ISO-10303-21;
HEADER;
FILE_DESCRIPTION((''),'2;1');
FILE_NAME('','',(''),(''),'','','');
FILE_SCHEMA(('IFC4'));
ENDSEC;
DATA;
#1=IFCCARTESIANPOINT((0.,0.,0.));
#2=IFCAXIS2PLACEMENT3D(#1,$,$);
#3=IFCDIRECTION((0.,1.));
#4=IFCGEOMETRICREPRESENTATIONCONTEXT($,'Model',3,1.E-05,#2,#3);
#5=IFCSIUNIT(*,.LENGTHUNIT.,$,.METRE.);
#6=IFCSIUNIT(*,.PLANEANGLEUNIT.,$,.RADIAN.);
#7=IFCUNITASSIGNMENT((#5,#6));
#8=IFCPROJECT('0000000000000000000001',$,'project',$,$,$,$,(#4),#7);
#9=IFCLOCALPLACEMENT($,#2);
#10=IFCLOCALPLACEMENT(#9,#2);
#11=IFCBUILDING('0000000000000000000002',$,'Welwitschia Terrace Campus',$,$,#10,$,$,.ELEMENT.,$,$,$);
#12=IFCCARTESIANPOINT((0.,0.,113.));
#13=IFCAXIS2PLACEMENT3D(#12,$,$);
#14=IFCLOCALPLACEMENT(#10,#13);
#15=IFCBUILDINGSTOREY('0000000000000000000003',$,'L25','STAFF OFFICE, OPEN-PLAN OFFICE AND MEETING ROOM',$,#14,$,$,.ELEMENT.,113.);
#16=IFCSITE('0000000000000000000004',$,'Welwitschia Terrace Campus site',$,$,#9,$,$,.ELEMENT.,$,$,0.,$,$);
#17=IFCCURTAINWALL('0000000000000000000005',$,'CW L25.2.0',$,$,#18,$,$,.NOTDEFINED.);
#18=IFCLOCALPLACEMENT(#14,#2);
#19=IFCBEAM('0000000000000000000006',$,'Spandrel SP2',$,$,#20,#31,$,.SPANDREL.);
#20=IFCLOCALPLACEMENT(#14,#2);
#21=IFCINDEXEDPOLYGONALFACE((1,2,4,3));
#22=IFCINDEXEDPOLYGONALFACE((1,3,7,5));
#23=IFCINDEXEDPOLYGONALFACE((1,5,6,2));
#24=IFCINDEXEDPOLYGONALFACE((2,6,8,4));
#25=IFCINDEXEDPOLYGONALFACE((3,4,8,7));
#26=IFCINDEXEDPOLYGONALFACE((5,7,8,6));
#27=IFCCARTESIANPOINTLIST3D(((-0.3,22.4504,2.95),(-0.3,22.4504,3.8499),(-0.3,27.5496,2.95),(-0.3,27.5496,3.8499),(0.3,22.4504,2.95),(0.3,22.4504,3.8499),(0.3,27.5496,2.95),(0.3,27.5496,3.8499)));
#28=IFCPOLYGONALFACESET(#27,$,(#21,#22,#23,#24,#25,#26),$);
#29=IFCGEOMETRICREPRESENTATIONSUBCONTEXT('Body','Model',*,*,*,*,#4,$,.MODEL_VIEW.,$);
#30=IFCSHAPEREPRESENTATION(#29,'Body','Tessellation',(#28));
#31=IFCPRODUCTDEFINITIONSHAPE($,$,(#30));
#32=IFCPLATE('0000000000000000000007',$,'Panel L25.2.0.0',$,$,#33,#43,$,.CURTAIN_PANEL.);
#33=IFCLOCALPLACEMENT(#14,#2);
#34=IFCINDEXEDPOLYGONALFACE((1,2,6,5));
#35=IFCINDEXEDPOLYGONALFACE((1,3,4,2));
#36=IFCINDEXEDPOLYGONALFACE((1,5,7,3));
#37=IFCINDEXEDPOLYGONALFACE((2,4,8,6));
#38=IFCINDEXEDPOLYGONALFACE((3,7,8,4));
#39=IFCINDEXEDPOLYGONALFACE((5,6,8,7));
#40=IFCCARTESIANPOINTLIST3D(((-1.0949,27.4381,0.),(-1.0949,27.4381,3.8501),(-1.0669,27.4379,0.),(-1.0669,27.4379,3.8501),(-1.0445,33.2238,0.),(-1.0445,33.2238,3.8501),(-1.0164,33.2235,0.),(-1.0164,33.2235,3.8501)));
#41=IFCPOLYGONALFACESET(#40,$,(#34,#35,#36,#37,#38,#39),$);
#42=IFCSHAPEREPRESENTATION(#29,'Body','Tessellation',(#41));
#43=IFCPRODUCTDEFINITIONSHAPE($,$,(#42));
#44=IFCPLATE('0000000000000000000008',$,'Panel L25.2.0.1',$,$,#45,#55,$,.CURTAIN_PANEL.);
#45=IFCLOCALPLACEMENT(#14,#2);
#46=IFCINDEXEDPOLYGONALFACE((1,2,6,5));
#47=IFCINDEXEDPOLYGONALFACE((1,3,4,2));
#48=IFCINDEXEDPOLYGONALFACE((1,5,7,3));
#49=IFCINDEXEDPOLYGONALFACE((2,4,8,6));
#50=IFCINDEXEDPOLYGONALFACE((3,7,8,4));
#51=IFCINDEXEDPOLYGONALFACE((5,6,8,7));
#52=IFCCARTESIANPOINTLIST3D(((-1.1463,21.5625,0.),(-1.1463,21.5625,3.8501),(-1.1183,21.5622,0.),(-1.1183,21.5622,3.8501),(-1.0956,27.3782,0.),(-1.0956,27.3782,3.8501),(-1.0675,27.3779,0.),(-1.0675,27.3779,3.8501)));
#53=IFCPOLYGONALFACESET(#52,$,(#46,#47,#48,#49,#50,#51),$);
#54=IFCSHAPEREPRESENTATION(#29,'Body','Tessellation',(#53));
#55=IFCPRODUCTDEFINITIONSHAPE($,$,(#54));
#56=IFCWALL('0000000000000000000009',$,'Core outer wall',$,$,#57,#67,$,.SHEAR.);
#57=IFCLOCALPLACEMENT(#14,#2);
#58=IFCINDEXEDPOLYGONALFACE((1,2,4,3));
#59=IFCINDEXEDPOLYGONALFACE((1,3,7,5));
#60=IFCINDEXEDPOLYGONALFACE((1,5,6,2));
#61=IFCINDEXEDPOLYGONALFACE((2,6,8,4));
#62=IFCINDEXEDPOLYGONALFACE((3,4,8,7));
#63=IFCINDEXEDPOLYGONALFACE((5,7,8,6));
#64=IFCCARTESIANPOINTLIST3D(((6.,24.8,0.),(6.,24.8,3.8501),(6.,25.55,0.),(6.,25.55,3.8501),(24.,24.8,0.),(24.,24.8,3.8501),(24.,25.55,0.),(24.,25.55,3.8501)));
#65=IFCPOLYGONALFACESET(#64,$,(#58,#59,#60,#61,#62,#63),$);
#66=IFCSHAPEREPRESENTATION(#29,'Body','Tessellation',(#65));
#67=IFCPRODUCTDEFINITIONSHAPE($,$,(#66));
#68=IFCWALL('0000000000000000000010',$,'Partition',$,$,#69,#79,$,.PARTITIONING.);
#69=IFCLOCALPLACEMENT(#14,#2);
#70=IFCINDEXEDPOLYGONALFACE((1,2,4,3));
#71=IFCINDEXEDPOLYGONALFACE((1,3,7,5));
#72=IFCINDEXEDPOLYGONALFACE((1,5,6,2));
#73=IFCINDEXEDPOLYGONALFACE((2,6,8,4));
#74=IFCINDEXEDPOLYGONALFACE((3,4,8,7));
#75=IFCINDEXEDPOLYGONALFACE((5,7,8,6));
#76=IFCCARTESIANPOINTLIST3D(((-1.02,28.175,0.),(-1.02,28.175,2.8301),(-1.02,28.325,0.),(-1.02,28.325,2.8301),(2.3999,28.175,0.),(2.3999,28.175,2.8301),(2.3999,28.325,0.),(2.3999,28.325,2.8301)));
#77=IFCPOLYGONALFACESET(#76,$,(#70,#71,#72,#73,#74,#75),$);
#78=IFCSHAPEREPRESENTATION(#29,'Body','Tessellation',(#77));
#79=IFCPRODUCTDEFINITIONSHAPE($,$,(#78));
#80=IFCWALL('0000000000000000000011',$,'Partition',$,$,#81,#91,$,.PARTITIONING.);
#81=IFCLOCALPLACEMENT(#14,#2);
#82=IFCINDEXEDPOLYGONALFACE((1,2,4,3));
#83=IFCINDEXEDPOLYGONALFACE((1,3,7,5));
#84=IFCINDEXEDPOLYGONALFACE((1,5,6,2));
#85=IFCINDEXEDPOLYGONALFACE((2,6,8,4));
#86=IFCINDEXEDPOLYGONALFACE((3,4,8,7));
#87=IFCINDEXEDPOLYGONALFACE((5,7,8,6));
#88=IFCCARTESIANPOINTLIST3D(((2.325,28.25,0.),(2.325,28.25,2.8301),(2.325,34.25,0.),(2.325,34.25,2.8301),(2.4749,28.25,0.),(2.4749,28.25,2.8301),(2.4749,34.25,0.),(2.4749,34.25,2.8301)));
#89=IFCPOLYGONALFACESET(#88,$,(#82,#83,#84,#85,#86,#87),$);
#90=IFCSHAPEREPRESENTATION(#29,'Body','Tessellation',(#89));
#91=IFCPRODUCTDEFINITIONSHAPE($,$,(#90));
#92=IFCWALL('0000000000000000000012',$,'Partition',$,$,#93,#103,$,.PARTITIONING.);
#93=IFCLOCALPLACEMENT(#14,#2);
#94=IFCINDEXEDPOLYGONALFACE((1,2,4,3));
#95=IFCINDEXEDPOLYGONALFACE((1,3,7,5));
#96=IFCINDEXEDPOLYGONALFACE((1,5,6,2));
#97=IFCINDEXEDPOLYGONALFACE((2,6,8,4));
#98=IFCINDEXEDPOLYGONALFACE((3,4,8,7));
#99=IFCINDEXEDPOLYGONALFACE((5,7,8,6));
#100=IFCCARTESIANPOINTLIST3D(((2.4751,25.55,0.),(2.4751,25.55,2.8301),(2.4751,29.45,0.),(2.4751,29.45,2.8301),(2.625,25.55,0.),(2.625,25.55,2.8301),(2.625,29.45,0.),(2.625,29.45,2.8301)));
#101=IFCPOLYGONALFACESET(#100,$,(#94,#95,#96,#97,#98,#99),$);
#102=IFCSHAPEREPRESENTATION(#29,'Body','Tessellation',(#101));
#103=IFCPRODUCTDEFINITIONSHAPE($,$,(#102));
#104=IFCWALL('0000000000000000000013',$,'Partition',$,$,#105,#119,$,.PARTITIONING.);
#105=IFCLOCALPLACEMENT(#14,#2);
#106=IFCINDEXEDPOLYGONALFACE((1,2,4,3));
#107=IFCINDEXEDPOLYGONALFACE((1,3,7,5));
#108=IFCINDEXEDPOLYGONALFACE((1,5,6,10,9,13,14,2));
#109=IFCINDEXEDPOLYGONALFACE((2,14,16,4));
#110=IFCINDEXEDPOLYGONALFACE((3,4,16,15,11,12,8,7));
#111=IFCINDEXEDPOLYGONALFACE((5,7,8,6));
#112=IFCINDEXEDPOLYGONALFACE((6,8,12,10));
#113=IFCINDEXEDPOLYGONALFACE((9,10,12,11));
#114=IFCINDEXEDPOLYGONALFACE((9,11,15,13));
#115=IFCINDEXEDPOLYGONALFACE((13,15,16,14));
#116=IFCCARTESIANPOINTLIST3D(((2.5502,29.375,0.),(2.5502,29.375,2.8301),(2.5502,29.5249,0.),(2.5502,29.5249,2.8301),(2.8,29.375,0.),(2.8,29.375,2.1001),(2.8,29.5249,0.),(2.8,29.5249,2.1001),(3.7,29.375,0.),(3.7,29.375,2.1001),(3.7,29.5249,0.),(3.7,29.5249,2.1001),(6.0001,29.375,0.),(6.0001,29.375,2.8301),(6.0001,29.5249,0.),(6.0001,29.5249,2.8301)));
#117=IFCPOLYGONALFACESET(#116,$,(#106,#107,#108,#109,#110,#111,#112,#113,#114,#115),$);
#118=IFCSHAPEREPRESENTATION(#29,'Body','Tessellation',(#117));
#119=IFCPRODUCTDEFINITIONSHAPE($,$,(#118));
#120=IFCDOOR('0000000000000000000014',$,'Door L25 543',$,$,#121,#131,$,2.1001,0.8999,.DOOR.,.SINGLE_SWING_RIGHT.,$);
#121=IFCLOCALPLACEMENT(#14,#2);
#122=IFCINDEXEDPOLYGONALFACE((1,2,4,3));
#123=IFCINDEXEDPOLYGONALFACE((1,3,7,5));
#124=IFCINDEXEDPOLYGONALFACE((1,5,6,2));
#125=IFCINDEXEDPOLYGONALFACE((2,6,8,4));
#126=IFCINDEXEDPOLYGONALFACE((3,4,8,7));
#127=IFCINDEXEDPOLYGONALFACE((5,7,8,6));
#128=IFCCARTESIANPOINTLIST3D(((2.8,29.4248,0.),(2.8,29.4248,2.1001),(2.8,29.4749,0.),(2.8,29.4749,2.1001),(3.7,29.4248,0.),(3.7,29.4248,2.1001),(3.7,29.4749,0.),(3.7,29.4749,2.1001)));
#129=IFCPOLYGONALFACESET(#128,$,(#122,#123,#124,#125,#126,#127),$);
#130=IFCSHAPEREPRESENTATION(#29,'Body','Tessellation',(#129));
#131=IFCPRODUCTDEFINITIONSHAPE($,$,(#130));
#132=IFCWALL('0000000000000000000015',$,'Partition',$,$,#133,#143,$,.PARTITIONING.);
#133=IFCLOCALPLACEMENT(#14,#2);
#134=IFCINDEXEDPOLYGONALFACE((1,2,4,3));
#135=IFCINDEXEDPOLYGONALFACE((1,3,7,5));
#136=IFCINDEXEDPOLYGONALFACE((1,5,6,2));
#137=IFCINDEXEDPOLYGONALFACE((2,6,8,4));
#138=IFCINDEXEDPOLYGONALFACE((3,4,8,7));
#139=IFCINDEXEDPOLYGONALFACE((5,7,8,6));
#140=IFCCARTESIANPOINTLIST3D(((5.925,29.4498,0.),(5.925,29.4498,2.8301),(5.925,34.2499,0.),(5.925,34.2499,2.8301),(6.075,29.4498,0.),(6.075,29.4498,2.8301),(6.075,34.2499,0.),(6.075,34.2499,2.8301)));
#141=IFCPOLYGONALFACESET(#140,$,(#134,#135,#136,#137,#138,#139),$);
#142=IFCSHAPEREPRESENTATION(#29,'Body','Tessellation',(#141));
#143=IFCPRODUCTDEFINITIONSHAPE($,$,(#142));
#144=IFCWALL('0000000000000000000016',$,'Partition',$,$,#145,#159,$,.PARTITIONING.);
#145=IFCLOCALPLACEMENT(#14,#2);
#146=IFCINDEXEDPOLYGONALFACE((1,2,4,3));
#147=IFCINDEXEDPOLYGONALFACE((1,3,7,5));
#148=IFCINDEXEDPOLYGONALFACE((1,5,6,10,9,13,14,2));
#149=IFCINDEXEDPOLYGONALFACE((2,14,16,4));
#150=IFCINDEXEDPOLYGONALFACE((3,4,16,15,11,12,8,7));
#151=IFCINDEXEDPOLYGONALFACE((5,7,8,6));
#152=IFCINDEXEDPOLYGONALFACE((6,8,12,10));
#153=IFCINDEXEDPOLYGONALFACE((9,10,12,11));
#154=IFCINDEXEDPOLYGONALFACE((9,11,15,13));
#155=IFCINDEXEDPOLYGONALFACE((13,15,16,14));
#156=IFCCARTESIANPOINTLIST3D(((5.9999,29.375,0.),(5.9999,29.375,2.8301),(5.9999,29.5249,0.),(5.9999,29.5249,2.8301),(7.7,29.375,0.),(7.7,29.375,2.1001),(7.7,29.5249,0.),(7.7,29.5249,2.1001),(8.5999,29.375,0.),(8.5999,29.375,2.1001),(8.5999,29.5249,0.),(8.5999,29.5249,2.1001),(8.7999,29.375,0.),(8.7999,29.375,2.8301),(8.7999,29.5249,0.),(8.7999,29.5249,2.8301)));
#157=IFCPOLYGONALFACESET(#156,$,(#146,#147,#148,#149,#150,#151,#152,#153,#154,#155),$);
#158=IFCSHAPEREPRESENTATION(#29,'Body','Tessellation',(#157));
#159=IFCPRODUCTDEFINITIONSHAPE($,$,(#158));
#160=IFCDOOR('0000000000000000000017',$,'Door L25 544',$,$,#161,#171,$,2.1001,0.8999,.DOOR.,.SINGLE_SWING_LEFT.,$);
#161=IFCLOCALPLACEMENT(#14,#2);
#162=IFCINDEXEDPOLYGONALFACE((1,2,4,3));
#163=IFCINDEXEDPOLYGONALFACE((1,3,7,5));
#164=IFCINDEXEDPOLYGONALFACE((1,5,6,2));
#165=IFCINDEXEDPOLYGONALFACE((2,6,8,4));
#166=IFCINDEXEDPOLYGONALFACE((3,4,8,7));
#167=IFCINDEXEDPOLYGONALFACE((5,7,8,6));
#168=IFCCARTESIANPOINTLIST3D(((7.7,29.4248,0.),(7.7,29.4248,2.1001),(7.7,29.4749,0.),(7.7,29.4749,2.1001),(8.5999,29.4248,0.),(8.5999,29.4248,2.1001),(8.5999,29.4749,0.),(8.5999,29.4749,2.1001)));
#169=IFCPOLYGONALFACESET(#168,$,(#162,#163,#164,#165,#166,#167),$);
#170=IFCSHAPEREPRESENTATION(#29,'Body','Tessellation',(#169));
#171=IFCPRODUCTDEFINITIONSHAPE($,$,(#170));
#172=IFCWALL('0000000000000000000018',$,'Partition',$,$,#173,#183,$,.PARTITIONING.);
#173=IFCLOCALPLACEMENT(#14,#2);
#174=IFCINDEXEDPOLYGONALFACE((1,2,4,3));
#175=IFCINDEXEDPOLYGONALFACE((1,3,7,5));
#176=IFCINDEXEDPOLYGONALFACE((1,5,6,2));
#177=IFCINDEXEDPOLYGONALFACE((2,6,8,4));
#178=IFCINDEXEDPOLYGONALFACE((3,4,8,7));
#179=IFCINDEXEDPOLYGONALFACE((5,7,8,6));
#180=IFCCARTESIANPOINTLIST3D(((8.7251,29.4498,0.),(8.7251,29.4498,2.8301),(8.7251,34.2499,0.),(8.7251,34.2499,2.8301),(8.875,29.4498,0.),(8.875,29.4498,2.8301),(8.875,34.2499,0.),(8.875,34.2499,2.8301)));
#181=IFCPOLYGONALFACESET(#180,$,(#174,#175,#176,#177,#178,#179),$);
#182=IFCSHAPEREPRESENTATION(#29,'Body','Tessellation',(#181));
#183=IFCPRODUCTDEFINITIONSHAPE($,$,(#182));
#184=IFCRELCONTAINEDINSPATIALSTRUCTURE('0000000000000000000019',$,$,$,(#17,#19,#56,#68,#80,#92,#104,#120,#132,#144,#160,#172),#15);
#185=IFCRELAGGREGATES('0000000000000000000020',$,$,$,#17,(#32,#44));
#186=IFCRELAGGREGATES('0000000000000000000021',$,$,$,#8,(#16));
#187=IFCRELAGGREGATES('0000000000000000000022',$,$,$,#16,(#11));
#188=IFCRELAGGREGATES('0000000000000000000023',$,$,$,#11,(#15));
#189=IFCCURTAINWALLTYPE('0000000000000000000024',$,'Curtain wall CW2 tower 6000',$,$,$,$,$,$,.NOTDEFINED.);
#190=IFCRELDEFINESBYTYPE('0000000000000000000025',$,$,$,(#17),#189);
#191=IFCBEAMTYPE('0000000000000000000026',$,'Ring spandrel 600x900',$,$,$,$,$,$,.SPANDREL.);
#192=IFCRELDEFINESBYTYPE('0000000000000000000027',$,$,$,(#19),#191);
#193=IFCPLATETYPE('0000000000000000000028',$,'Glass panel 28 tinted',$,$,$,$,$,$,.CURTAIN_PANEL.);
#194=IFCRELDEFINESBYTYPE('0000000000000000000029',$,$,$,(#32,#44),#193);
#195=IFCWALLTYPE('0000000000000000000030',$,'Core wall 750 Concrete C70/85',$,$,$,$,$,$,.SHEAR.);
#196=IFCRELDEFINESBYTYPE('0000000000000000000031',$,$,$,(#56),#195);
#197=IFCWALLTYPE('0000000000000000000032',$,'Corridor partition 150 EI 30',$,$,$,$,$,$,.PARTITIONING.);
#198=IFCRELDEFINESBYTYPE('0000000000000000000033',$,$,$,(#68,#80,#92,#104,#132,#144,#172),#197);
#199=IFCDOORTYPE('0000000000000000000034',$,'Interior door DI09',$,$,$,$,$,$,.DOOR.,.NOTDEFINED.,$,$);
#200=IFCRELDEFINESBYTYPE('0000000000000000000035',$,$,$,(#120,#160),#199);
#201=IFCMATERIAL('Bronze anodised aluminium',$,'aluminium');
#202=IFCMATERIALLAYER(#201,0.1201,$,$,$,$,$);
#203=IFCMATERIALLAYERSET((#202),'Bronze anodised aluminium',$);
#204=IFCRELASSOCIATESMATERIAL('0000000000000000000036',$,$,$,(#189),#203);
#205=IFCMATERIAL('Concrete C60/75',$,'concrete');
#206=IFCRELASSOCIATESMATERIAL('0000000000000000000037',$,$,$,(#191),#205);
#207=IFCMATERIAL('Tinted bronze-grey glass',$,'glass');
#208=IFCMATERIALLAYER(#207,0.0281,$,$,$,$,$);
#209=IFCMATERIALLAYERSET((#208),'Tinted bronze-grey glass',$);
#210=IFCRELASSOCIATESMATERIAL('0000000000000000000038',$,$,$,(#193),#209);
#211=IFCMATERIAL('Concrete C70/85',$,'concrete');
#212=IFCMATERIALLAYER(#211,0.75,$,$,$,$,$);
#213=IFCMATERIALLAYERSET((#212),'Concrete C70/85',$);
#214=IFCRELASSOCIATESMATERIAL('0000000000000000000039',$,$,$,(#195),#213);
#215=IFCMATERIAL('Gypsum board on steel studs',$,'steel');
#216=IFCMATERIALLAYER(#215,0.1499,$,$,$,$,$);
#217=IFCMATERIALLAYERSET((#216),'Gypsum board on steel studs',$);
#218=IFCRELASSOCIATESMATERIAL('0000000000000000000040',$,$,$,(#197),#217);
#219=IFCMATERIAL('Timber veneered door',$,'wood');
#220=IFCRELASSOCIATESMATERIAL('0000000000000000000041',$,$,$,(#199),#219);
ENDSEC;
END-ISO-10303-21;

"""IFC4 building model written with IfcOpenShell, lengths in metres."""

from ifc_helpers import new_model, si_unit, direction, frame, frame_2d, origin, origin_2d, place, context, subcontext, project, spatial, rectangle, extrude, material, layer, layer_set, material_profile, profile_set, type_object, element, fill, aggregate, save


model = new_model("IFC4")

# Units and contexts
model_context = context("Model", 3, precision=1e-05, world=origin(), true_north=direction((0.0, 1.0)))
body_context = subcontext(model_context, "Body", "Model", "MODEL_VIEW")
ifc_project = project(units=[si_unit("LENGTHUNIT", "METRE"), si_unit("PLANEANGLEUNIT", "RADIAN")], contexts=[model_context])

# Site, building, storey
site_placement = place(None, origin())
site = spatial("IfcSite", under=ifc_project, at=site_placement, Name="Welwitschia Terrace Campus site", CompositionType="ELEMENT", RefElevation=0.0)
building_placement = place(site_placement, origin())
building = spatial("IfcBuilding", under=site, at=building_placement, Name="Welwitschia Terrace Campus", CompositionType="ELEMENT")
storey_placement = place(building_placement, frame((0.0, 0.0, 113.0)))
storey = spatial("IfcBuildingStorey", under=building, at=storey_placement, Name="L25", Description="STAFF OFFICE, OPEN-PLAN OFFICE AND MEETING ROOM", CompositionType="ELEMENT", Elevation=113.0)

# Curtain wall
ifc_material_1 = material(Name="Bronze anodised aluminium", Category="aluminium")
ifc_layer_1 = layer(ifc_material_1, 0.1201)
ifc_layer_set_1 = layer_set([ifc_layer_1], Name="Bronze anodised aluminium")
curtain_wall_type = type_object("IfcCurtainWallType", Name="Curtain wall CW2 tower 6000", PredefinedType="NOTDEFINED", material=ifc_layer_set_1)
curtain_wall_placement = place(storey_placement, origin())
curtain_wall = element("IfcCurtainWall", 1, at=curtain_wall_placement, inside=storey, type_object=curtain_wall_type, Name="CW L25.2.0", PredefinedType="NOTDEFINED")

# Beam
ifc_material_2 = material(Name="Concrete C60/75", Category="concrete")
ifc_material_profile_1 = material_profile(ifc_material_2, rectangle(XDim=0.6001, YDim=0.8999, at=origin_2d()))
ifc_profile_set_1 = profile_set([ifc_material_profile_1], Name="Concrete C60/75")
beam_type_1 = type_object("IfcBeamType", Name="Ring spandrel 600x900", PredefinedType="SPANDREL", material=ifc_profile_set_1)
beam_1_placement = place(storey_placement, frame((0.0, 27.5496, 3.3999), z_axis=(0.0, -1.0, 0.0), x_axis=(1.0, 0.0, 0.0)))
element("IfcBeam", 2, at=beam_1_placement, inside=storey, type_object=beam_type_1, Name="Spandrel SP2", PredefinedType="SPANDREL", context=body_context, shape_type="SweptSolid", body=[
    extrude(rectangle(XDim=0.6001, YDim=0.8999, at=origin_2d()), origin(), (0.0, 0.0, 1.0), 5.0991),
])

# Plates
ifc_material_3 = material(Name="Tinted bronze-grey glass", Category="glass")
ifc_layer_2 = layer(ifc_material_3, 0.0281)
ifc_layer_set_2 = layer_set([ifc_layer_2], Name="Tinted bronze-grey glass")
plate_type = type_object("IfcPlateType", Name="Glass panel 28 tinted", PredefinedType="CURTAIN_PANEL", material=ifc_layer_set_2)
plate_1_placement = place(storey_placement, frame((-1.0557, 30.3308, 0.0), z_axis=(0.0, 0.0, 1.0), x_axis=(-0.008727, -0.999962, 0.0)))
plate_1 = element("IfcPlate", 3, at=plate_1_placement, type_object=plate_type, Name="Panel L25.2.0.0", PredefinedType="CURTAIN_PANEL", context=body_context, shape_type="SweptSolid", body=[
    extrude(rectangle(XDim=5.7859, YDim=0.0281, at=origin_2d()), origin(), (0.0, 0.0, 1.0), 3.8501),
])
plate_2_placement = place(storey_placement, frame((-1.1069, 24.4702, 0.0), z_axis=(0.0, 0.0, 1.0), x_axis=(-0.008727, -0.999962, 0.0)))
plate_2 = element("IfcPlate", 4, at=plate_2_placement, type_object=plate_type, Name="Panel L25.2.0.1", PredefinedType="CURTAIN_PANEL", context=body_context, shape_type="SweptSolid", body=[
    extrude(rectangle(XDim=5.8159, YDim=0.0281, at=origin_2d()), origin(), (0.0, 0.0, 1.0), 3.8501),
])
aggregate(curtain_wall, [plate_1, plate_2])

# Walls
ifc_material_4 = material(Name="Concrete C70/85", Category="concrete")
ifc_layer_3 = layer(ifc_material_4, 0.75)
ifc_layer_set_3 = layer_set([ifc_layer_3], Name="Concrete C70/85")
wall_type_1 = type_object("IfcWallType", Name="Core wall 750 Concrete C70/85", PredefinedType="SHEAR", material=ifc_layer_set_3)
wall_1_placement = place(storey_placement, frame((6.0, 25.175, 0.0), z_axis=(0.0, 0.0, 1.0), x_axis=(1.0, 0.0, 0.0)))
element("IfcWall", 5, at=wall_1_placement, inside=storey, type_object=wall_type_1, Name="Core outer wall", PredefinedType="SHEAR", context=body_context, shape_type="SweptSolid", body=[
    extrude(rectangle(XDim=18.0, YDim=0.75, at=frame_2d((9.0, 0.0))), origin(), (0.0, 0.0, 1.0), 3.8501),
])
ifc_material_5 = material(Name="Gypsum board on steel studs", Category="steel")
ifc_layer_4 = layer(ifc_material_5, 0.1499)
ifc_layer_set_4 = layer_set([ifc_layer_4], Name="Gypsum board on steel studs")
wall_type_2 = type_object("IfcWallType", Name="Corridor partition 150 EI 30", PredefinedType="PARTITIONING", material=ifc_layer_set_4)
wall_2_placement = place(storey_placement, frame((-1.02, 28.25, 0.0), z_axis=(0.0, 0.0, 1.0), x_axis=(1.0, 0.0, 0.0)))
element("IfcWall", 6, at=wall_2_placement, inside=storey, type_object=wall_type_2, Name="Partition", PredefinedType="PARTITIONING", context=body_context, shape_type="SweptSolid", body=[
    extrude(rectangle(XDim=3.4199, YDim=0.1499, at=frame_2d((1.71, 0.0))), origin(), (0.0, 0.0, 1.0), 2.8301),
])
wall_3_placement = place(storey_placement, frame((2.3999, 28.25, 0.0), z_axis=(0.0, 0.0, 1.0), x_axis=(0.0, 1.0, 0.0)))
element("IfcWall", 7, at=wall_3_placement, inside=storey, type_object=wall_type_2, Name="Partition", PredefinedType="PARTITIONING", context=body_context, shape_type="SweptSolid", body=[
    extrude(rectangle(XDim=6.0, YDim=0.1499, at=frame_2d((3.0, 0.0))), origin(), (0.0, 0.0, 1.0), 2.8301),
])
wall_4_placement = place(storey_placement, frame((2.55, 25.55, 0.0), z_axis=(0.0, 0.0, 1.0), x_axis=(0.0, 1.0, 0.0)))
element("IfcWall", 8, at=wall_4_placement, inside=storey, type_object=wall_type_2, Name="Partition", PredefinedType="PARTITIONING", context=body_context, shape_type="SweptSolid", body=[
    extrude(rectangle(XDim=3.8999, YDim=0.1499, at=frame_2d((1.95, 0.0))), origin(), (0.0, 0.0, 1.0), 2.8301),
])

# Wall, opening, door
wall_5_placement = place(storey_placement, frame((2.55, 29.45, 0.0), z_axis=(0.0, 0.0, 1.0), x_axis=(1.0, 0.0, 0.0)))
wall_5 = element("IfcWall", 9, at=wall_5_placement, inside=storey, type_object=wall_type_2, Name="Partition", PredefinedType="PARTITIONING", context=body_context, shape_type="SweptSolid", body=[
    extrude(rectangle(XDim=3.45, YDim=0.1499, at=frame_2d((1.7251, 0.0))), origin(), (0.0, 0.0, 1.0), 2.8301),
])
opening_1_placement = place(wall_5_placement, frame((0.25, 0.0, 0.0)))
opening_1 = element("IfcOpeningElement", 10, at=opening_1_placement, cuts=wall_5, PredefinedType="OPENING", context=body_context, shape_type="SweptSolid", body=[
    extrude(rectangle(XDim=0.8999, YDim=2.1001, at=frame_2d((0.45, 1.05))), frame((0.0, 0.085, 0.0), z_axis=(0.0, -1.0, 0.0), x_axis=(1.0, 0.0, 0.0)), (0.0, 0.0, 1.0), 0.1699),
])
ifc_material_6 = material(Name="Timber veneered door", Category="wood")
door_type = type_object("IfcDoorType", Name="Interior door DI09", OperationType="NOTDEFINED", PredefinedType="DOOR", material=ifc_material_6)
door_1_placement = place(opening_1_placement, origin())
door_1 = element("IfcDoor", 11, at=door_1_placement, inside=storey, type_object=door_type, Name="Door L25 543", OperationType="SINGLE_SWING_RIGHT", OverallHeight=2.1001, OverallWidth=0.8999, PredefinedType="DOOR", context=body_context, shape_type="SweptSolid", body=[
    extrude(rectangle(XDim=0.8999, YDim=2.1001, at=frame_2d((0.45, 1.05))), frame((0.0, 0.0249, 0.0), z_axis=(0.0, -1.0, 0.0), x_axis=(1.0, 0.0, 0.0)), (0.0, 0.0, 1.0), 0.05),
])
fill(opening_1, door_1)

# Wall
wall_6_placement = place(storey_placement, frame((6.0, 29.45, 0.0), z_axis=(0.0, 0.0, 1.0), x_axis=(0.0, 1.0, 0.0)))
element("IfcWall", 12, at=wall_6_placement, inside=storey, type_object=wall_type_2, Name="Partition", PredefinedType="PARTITIONING", context=body_context, shape_type="SweptSolid", body=[
    extrude(rectangle(XDim=4.8, YDim=0.1499, at=frame_2d((2.3999, 0.0))), origin(), (0.0, 0.0, 1.0), 2.8301),
])

# Wall, opening, door
wall_7_placement = place(storey_placement, frame((6.0, 29.45, 0.0), z_axis=(0.0, 0.0, 1.0), x_axis=(1.0, 0.0, 0.0)))
wall_7 = element("IfcWall", 13, at=wall_7_placement, inside=storey, type_object=wall_type_2, Name="Partition", PredefinedType="PARTITIONING", context=body_context, shape_type="SweptSolid", body=[
    extrude(rectangle(XDim=2.8, YDim=0.1499, at=frame_2d((1.3999, 0.0))), origin(), (0.0, 0.0, 1.0), 2.8301),
])
opening_2_placement = place(wall_7_placement, frame((1.7, 0.0, 0.0)))
opening_2 = element("IfcOpeningElement", 14, at=opening_2_placement, cuts=wall_7, PredefinedType="OPENING", context=body_context, shape_type="SweptSolid", body=[
    extrude(rectangle(XDim=0.8999, YDim=2.1001, at=frame_2d((0.45, 1.05))), frame((0.0, 0.085, 0.0), z_axis=(0.0, -1.0, 0.0), x_axis=(1.0, 0.0, 0.0)), (0.0, 0.0, 1.0), 0.1699),
])
door_2_placement = place(opening_2_placement, origin())
door_2 = element("IfcDoor", 15, at=door_2_placement, inside=storey, type_object=door_type, Name="Door L25 544", OperationType="SINGLE_SWING_LEFT", OverallHeight=2.1001, OverallWidth=0.8999, PredefinedType="DOOR", context=body_context, shape_type="SweptSolid", body=[
    extrude(rectangle(XDim=0.8999, YDim=2.1001, at=frame_2d((0.45, 1.05))), frame((0.0, 0.0249, 0.0), z_axis=(0.0, -1.0, 0.0), x_axis=(1.0, 0.0, 0.0)), (0.0, 0.0, 1.0), 0.05),
])
fill(opening_2, door_2)

# Wall
wall_8_placement = place(storey_placement, frame((8.8, 29.45, 0.0), z_axis=(0.0, 0.0, 1.0), x_axis=(0.0, 1.0, 0.0)))
element("IfcWall", 16, at=wall_8_placement, inside=storey, type_object=wall_type_2, Name="Partition", PredefinedType="PARTITIONING", context=body_context, shape_type="SweptSolid", body=[
    extrude(rectangle(XDim=4.8, YDim=0.1499, at=frame_2d((2.3999, 0.0))), origin(), (0.0, 0.0, 1.0), 2.8301),
])

save(model, "model.ifc")
